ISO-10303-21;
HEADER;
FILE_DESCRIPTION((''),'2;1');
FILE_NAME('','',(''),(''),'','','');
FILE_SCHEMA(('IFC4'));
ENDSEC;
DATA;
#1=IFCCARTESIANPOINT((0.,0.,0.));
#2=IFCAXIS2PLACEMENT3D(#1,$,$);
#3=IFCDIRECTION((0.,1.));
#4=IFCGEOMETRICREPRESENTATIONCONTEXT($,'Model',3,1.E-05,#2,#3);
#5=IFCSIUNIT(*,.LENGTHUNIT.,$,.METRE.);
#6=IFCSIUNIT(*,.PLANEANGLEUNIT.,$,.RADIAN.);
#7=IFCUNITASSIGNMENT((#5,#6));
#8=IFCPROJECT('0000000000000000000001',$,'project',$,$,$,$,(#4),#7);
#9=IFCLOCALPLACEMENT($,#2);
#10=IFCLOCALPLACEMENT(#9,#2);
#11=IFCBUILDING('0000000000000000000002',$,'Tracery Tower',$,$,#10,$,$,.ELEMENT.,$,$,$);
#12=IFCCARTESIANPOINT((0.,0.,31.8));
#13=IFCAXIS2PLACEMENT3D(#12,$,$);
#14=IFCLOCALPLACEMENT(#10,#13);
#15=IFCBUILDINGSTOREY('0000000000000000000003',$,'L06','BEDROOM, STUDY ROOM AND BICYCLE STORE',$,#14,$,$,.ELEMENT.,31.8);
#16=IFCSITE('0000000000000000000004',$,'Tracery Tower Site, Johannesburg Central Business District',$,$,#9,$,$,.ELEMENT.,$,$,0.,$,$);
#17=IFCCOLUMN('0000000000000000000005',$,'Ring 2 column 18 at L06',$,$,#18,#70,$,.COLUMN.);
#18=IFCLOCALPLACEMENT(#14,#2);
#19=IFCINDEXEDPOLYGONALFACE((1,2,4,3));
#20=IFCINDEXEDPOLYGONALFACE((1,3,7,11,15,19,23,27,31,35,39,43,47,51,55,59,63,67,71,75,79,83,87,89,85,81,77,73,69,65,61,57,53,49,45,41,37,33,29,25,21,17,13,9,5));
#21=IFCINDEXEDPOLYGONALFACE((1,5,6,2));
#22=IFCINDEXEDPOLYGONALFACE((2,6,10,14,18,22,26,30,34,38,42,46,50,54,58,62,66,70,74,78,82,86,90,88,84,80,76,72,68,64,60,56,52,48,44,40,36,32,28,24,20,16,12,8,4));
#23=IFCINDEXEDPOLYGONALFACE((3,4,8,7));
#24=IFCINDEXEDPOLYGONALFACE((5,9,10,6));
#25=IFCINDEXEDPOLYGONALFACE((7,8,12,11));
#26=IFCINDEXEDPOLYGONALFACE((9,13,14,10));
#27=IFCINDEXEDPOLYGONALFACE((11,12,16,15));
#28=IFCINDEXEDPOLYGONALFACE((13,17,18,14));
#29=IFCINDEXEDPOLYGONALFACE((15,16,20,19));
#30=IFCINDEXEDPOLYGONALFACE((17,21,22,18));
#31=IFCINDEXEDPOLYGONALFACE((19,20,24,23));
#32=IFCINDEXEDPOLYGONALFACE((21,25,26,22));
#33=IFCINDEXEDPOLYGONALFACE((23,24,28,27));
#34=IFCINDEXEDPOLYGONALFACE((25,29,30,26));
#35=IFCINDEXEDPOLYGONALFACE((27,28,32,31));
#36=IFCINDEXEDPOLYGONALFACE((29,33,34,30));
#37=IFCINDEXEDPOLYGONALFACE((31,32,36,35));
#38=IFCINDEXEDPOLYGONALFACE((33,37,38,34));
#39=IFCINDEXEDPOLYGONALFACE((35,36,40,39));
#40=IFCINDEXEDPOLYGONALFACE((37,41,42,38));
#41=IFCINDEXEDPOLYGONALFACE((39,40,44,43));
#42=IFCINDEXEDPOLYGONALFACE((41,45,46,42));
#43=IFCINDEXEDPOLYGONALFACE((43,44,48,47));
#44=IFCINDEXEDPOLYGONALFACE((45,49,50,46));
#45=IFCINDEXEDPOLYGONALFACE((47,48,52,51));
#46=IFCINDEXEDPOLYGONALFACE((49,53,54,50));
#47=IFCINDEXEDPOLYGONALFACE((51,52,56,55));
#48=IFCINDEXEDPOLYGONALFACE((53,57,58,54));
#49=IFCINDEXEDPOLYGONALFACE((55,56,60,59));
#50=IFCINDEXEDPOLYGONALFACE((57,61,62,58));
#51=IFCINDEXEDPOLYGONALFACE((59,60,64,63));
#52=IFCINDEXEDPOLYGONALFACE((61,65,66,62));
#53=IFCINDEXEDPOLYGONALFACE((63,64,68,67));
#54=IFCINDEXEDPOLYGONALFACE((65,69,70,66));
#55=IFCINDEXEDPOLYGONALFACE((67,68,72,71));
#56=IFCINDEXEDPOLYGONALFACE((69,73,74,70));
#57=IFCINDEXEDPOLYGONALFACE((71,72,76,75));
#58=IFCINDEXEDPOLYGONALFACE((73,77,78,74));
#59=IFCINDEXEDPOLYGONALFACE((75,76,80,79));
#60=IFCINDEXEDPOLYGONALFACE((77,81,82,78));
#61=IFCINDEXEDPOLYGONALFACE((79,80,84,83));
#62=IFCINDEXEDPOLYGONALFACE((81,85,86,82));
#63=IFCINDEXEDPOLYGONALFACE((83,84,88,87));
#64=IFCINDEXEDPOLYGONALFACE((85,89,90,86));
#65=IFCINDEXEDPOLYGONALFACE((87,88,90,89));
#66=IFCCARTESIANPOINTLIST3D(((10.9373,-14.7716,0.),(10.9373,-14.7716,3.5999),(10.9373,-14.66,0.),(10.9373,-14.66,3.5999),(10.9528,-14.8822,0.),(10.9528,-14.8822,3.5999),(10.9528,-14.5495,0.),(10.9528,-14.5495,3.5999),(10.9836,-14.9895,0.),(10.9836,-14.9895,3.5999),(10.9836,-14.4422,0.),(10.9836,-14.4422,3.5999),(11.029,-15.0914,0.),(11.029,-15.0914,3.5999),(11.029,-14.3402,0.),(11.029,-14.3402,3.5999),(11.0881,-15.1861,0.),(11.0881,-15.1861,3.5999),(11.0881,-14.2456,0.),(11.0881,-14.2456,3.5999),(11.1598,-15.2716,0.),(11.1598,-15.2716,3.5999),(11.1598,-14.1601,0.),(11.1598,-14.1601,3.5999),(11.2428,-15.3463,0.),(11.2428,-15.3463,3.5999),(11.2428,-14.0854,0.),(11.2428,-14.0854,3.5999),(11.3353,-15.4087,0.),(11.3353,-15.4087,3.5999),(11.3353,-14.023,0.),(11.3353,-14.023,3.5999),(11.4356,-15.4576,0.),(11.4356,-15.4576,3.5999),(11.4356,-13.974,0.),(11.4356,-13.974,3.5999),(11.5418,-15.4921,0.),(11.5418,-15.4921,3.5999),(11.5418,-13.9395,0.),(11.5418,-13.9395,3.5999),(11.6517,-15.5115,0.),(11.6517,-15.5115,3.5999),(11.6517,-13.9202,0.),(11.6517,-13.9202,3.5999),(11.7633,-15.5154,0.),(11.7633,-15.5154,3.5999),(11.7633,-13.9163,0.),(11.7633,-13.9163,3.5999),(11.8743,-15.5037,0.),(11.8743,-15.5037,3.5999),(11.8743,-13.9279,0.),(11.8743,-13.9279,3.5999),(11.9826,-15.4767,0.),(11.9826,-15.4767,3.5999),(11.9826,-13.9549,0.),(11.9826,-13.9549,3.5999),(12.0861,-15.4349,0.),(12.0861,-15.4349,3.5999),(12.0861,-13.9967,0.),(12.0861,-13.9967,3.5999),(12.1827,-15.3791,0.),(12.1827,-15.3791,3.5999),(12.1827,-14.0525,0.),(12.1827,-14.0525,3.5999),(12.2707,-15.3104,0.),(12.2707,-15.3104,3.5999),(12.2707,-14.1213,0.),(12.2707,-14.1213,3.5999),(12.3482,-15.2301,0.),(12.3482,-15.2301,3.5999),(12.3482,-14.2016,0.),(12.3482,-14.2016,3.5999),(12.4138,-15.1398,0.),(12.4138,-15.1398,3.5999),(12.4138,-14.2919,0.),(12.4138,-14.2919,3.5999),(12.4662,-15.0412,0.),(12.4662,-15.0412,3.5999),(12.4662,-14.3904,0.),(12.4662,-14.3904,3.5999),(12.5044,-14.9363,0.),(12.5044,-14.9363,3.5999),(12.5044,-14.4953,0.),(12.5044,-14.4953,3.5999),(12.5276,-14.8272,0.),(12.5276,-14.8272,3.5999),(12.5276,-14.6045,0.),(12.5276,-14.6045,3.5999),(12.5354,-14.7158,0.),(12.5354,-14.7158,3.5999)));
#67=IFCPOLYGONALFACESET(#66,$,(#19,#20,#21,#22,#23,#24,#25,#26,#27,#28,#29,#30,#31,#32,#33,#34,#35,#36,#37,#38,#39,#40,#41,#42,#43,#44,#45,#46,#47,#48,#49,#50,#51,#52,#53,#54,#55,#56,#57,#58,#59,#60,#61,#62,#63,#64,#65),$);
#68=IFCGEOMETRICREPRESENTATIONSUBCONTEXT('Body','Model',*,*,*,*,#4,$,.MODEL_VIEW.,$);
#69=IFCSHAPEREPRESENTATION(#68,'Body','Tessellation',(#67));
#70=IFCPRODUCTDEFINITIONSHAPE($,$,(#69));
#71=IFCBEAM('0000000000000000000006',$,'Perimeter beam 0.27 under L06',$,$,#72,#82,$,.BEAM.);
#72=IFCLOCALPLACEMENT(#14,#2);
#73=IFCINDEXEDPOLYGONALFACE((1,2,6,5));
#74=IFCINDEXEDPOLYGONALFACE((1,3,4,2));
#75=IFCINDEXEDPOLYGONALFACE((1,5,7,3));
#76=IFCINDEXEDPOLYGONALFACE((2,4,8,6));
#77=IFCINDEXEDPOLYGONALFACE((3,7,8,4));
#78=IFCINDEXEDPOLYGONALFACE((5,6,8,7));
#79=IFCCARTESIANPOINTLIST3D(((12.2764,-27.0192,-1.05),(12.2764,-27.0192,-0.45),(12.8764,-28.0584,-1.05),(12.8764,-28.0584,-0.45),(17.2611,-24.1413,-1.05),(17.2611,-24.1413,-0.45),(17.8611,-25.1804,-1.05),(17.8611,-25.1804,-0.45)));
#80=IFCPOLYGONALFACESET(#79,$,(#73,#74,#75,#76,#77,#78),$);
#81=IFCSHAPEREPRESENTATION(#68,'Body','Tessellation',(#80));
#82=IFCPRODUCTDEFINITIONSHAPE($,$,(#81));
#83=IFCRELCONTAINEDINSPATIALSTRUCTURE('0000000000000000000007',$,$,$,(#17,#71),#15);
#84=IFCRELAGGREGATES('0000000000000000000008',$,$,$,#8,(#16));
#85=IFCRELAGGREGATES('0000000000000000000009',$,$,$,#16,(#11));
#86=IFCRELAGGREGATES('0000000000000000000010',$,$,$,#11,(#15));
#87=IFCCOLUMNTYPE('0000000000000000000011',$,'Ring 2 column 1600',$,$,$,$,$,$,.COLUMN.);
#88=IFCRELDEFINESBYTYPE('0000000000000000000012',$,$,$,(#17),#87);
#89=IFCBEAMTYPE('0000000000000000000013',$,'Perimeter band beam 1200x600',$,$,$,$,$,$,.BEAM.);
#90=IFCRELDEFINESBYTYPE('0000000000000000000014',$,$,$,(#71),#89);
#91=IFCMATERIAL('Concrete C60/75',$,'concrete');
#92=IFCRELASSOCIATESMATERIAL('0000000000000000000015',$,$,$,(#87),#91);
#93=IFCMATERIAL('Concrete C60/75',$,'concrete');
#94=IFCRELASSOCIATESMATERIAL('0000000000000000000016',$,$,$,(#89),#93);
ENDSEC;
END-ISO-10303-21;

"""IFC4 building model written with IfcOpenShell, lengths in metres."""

from ifc_helpers import new_model, si_unit, direction, frame, origin, origin_2d, place, context, subcontext, project, spatial, rectangle, circle, extrude, material, material_profile, profile_set, type_object, element, save


model = new_model("IFC4")

# Units and contexts
model_context = context("Model", 3, precision=1e-05, world=origin(), true_north=direction((0.0, 1.0)))
body_context = subcontext(model_context, "Body", "Model", "MODEL_VIEW")
ifc_project = project(units=[si_unit("LENGTHUNIT", "METRE"), si_unit("PLANEANGLEUNIT", "RADIAN")], contexts=[model_context])

# Site, building, storey
site_placement = place(None, origin())
site = spatial("IfcSite", under=ifc_project, at=site_placement, Name="Tracery Tower Site, Johannesburg Central Business District", CompositionType="ELEMENT", RefElevation=0.0)
building_placement = place(site_placement, origin())
building = spatial("IfcBuilding", under=site, at=building_placement, Name="Tracery Tower", CompositionType="ELEMENT")
storey_placement = place(building_placement, frame((0.0, 0.0, 31.8)))
storey = spatial("IfcBuildingStorey", under=building, at=storey_placement, Name="L06", Description="BEDROOM, STUDY ROOM AND BICYCLE STORE", CompositionType="ELEMENT", Elevation=31.8)

# Column
ifc_material_1 = material(Name="Concrete C60/75", Category="concrete")
ifc_material_profile_1 = material_profile(ifc_material_1, circle(Radius=0.8, at=origin_2d()), Name="RC D1600")
ifc_profile_set_1 = profile_set([ifc_material_profile_1], Name="Concrete C60/75")
column_type_1 = type_object("IfcColumnType", Name="Ring 2 column 1600", PredefinedType="COLUMN", material=ifc_profile_set_1)
column_1_placement = place(storey_placement, frame((11.7354, -14.7158, 0.0), z_axis=(0.0, 0.0, 1.0), x_axis=(1.0, 0.0, 0.0)))
element("IfcColumn", 1, at=column_1_placement, inside=storey, type_object=column_type_1, Name="Ring 2 column 18 at L06", PredefinedType="COLUMN", context=body_context, shape_type="SweptSolid", body=[
    extrude(circle(Radius=0.8, at=origin_2d()), origin(), (0.0, 0.0, 1.0), 3.5999),
])

# Beam
ifc_material_2 = material(Name="Concrete C60/75", Category="concrete")
ifc_material_profile_2 = material_profile(ifc_material_2, rectangle(XDim=1.2, YDim=0.6001, at=origin_2d()), Name="RC 1200x600")
ifc_profile_set_2 = profile_set([ifc_material_profile_2], Name="Concrete C60/75")
beam_type = type_object("IfcBeamType", Name="Perimeter band beam 1200x600", PredefinedType="BEAM", material=ifc_profile_set_2)
beam_placement = place(storey_placement, frame((12.5764, -27.5388, -0.75), z_axis=(0.866021, 0.500008, 0.0), x_axis=(-0.500008, 0.866021, 0.0)))
element("IfcBeam", 2, at=beam_placement, inside=storey, type_object=beam_type, Name="Perimeter beam 0.27 under L06", PredefinedType="BEAM", context=body_context, shape_type="SweptSolid", body=[
    extrude(rectangle(XDim=1.2, YDim=0.6001, at=origin_2d()), origin(), (0.0, 0.0, 1.0), 5.7559),
])

save(model, "model.ifc")
